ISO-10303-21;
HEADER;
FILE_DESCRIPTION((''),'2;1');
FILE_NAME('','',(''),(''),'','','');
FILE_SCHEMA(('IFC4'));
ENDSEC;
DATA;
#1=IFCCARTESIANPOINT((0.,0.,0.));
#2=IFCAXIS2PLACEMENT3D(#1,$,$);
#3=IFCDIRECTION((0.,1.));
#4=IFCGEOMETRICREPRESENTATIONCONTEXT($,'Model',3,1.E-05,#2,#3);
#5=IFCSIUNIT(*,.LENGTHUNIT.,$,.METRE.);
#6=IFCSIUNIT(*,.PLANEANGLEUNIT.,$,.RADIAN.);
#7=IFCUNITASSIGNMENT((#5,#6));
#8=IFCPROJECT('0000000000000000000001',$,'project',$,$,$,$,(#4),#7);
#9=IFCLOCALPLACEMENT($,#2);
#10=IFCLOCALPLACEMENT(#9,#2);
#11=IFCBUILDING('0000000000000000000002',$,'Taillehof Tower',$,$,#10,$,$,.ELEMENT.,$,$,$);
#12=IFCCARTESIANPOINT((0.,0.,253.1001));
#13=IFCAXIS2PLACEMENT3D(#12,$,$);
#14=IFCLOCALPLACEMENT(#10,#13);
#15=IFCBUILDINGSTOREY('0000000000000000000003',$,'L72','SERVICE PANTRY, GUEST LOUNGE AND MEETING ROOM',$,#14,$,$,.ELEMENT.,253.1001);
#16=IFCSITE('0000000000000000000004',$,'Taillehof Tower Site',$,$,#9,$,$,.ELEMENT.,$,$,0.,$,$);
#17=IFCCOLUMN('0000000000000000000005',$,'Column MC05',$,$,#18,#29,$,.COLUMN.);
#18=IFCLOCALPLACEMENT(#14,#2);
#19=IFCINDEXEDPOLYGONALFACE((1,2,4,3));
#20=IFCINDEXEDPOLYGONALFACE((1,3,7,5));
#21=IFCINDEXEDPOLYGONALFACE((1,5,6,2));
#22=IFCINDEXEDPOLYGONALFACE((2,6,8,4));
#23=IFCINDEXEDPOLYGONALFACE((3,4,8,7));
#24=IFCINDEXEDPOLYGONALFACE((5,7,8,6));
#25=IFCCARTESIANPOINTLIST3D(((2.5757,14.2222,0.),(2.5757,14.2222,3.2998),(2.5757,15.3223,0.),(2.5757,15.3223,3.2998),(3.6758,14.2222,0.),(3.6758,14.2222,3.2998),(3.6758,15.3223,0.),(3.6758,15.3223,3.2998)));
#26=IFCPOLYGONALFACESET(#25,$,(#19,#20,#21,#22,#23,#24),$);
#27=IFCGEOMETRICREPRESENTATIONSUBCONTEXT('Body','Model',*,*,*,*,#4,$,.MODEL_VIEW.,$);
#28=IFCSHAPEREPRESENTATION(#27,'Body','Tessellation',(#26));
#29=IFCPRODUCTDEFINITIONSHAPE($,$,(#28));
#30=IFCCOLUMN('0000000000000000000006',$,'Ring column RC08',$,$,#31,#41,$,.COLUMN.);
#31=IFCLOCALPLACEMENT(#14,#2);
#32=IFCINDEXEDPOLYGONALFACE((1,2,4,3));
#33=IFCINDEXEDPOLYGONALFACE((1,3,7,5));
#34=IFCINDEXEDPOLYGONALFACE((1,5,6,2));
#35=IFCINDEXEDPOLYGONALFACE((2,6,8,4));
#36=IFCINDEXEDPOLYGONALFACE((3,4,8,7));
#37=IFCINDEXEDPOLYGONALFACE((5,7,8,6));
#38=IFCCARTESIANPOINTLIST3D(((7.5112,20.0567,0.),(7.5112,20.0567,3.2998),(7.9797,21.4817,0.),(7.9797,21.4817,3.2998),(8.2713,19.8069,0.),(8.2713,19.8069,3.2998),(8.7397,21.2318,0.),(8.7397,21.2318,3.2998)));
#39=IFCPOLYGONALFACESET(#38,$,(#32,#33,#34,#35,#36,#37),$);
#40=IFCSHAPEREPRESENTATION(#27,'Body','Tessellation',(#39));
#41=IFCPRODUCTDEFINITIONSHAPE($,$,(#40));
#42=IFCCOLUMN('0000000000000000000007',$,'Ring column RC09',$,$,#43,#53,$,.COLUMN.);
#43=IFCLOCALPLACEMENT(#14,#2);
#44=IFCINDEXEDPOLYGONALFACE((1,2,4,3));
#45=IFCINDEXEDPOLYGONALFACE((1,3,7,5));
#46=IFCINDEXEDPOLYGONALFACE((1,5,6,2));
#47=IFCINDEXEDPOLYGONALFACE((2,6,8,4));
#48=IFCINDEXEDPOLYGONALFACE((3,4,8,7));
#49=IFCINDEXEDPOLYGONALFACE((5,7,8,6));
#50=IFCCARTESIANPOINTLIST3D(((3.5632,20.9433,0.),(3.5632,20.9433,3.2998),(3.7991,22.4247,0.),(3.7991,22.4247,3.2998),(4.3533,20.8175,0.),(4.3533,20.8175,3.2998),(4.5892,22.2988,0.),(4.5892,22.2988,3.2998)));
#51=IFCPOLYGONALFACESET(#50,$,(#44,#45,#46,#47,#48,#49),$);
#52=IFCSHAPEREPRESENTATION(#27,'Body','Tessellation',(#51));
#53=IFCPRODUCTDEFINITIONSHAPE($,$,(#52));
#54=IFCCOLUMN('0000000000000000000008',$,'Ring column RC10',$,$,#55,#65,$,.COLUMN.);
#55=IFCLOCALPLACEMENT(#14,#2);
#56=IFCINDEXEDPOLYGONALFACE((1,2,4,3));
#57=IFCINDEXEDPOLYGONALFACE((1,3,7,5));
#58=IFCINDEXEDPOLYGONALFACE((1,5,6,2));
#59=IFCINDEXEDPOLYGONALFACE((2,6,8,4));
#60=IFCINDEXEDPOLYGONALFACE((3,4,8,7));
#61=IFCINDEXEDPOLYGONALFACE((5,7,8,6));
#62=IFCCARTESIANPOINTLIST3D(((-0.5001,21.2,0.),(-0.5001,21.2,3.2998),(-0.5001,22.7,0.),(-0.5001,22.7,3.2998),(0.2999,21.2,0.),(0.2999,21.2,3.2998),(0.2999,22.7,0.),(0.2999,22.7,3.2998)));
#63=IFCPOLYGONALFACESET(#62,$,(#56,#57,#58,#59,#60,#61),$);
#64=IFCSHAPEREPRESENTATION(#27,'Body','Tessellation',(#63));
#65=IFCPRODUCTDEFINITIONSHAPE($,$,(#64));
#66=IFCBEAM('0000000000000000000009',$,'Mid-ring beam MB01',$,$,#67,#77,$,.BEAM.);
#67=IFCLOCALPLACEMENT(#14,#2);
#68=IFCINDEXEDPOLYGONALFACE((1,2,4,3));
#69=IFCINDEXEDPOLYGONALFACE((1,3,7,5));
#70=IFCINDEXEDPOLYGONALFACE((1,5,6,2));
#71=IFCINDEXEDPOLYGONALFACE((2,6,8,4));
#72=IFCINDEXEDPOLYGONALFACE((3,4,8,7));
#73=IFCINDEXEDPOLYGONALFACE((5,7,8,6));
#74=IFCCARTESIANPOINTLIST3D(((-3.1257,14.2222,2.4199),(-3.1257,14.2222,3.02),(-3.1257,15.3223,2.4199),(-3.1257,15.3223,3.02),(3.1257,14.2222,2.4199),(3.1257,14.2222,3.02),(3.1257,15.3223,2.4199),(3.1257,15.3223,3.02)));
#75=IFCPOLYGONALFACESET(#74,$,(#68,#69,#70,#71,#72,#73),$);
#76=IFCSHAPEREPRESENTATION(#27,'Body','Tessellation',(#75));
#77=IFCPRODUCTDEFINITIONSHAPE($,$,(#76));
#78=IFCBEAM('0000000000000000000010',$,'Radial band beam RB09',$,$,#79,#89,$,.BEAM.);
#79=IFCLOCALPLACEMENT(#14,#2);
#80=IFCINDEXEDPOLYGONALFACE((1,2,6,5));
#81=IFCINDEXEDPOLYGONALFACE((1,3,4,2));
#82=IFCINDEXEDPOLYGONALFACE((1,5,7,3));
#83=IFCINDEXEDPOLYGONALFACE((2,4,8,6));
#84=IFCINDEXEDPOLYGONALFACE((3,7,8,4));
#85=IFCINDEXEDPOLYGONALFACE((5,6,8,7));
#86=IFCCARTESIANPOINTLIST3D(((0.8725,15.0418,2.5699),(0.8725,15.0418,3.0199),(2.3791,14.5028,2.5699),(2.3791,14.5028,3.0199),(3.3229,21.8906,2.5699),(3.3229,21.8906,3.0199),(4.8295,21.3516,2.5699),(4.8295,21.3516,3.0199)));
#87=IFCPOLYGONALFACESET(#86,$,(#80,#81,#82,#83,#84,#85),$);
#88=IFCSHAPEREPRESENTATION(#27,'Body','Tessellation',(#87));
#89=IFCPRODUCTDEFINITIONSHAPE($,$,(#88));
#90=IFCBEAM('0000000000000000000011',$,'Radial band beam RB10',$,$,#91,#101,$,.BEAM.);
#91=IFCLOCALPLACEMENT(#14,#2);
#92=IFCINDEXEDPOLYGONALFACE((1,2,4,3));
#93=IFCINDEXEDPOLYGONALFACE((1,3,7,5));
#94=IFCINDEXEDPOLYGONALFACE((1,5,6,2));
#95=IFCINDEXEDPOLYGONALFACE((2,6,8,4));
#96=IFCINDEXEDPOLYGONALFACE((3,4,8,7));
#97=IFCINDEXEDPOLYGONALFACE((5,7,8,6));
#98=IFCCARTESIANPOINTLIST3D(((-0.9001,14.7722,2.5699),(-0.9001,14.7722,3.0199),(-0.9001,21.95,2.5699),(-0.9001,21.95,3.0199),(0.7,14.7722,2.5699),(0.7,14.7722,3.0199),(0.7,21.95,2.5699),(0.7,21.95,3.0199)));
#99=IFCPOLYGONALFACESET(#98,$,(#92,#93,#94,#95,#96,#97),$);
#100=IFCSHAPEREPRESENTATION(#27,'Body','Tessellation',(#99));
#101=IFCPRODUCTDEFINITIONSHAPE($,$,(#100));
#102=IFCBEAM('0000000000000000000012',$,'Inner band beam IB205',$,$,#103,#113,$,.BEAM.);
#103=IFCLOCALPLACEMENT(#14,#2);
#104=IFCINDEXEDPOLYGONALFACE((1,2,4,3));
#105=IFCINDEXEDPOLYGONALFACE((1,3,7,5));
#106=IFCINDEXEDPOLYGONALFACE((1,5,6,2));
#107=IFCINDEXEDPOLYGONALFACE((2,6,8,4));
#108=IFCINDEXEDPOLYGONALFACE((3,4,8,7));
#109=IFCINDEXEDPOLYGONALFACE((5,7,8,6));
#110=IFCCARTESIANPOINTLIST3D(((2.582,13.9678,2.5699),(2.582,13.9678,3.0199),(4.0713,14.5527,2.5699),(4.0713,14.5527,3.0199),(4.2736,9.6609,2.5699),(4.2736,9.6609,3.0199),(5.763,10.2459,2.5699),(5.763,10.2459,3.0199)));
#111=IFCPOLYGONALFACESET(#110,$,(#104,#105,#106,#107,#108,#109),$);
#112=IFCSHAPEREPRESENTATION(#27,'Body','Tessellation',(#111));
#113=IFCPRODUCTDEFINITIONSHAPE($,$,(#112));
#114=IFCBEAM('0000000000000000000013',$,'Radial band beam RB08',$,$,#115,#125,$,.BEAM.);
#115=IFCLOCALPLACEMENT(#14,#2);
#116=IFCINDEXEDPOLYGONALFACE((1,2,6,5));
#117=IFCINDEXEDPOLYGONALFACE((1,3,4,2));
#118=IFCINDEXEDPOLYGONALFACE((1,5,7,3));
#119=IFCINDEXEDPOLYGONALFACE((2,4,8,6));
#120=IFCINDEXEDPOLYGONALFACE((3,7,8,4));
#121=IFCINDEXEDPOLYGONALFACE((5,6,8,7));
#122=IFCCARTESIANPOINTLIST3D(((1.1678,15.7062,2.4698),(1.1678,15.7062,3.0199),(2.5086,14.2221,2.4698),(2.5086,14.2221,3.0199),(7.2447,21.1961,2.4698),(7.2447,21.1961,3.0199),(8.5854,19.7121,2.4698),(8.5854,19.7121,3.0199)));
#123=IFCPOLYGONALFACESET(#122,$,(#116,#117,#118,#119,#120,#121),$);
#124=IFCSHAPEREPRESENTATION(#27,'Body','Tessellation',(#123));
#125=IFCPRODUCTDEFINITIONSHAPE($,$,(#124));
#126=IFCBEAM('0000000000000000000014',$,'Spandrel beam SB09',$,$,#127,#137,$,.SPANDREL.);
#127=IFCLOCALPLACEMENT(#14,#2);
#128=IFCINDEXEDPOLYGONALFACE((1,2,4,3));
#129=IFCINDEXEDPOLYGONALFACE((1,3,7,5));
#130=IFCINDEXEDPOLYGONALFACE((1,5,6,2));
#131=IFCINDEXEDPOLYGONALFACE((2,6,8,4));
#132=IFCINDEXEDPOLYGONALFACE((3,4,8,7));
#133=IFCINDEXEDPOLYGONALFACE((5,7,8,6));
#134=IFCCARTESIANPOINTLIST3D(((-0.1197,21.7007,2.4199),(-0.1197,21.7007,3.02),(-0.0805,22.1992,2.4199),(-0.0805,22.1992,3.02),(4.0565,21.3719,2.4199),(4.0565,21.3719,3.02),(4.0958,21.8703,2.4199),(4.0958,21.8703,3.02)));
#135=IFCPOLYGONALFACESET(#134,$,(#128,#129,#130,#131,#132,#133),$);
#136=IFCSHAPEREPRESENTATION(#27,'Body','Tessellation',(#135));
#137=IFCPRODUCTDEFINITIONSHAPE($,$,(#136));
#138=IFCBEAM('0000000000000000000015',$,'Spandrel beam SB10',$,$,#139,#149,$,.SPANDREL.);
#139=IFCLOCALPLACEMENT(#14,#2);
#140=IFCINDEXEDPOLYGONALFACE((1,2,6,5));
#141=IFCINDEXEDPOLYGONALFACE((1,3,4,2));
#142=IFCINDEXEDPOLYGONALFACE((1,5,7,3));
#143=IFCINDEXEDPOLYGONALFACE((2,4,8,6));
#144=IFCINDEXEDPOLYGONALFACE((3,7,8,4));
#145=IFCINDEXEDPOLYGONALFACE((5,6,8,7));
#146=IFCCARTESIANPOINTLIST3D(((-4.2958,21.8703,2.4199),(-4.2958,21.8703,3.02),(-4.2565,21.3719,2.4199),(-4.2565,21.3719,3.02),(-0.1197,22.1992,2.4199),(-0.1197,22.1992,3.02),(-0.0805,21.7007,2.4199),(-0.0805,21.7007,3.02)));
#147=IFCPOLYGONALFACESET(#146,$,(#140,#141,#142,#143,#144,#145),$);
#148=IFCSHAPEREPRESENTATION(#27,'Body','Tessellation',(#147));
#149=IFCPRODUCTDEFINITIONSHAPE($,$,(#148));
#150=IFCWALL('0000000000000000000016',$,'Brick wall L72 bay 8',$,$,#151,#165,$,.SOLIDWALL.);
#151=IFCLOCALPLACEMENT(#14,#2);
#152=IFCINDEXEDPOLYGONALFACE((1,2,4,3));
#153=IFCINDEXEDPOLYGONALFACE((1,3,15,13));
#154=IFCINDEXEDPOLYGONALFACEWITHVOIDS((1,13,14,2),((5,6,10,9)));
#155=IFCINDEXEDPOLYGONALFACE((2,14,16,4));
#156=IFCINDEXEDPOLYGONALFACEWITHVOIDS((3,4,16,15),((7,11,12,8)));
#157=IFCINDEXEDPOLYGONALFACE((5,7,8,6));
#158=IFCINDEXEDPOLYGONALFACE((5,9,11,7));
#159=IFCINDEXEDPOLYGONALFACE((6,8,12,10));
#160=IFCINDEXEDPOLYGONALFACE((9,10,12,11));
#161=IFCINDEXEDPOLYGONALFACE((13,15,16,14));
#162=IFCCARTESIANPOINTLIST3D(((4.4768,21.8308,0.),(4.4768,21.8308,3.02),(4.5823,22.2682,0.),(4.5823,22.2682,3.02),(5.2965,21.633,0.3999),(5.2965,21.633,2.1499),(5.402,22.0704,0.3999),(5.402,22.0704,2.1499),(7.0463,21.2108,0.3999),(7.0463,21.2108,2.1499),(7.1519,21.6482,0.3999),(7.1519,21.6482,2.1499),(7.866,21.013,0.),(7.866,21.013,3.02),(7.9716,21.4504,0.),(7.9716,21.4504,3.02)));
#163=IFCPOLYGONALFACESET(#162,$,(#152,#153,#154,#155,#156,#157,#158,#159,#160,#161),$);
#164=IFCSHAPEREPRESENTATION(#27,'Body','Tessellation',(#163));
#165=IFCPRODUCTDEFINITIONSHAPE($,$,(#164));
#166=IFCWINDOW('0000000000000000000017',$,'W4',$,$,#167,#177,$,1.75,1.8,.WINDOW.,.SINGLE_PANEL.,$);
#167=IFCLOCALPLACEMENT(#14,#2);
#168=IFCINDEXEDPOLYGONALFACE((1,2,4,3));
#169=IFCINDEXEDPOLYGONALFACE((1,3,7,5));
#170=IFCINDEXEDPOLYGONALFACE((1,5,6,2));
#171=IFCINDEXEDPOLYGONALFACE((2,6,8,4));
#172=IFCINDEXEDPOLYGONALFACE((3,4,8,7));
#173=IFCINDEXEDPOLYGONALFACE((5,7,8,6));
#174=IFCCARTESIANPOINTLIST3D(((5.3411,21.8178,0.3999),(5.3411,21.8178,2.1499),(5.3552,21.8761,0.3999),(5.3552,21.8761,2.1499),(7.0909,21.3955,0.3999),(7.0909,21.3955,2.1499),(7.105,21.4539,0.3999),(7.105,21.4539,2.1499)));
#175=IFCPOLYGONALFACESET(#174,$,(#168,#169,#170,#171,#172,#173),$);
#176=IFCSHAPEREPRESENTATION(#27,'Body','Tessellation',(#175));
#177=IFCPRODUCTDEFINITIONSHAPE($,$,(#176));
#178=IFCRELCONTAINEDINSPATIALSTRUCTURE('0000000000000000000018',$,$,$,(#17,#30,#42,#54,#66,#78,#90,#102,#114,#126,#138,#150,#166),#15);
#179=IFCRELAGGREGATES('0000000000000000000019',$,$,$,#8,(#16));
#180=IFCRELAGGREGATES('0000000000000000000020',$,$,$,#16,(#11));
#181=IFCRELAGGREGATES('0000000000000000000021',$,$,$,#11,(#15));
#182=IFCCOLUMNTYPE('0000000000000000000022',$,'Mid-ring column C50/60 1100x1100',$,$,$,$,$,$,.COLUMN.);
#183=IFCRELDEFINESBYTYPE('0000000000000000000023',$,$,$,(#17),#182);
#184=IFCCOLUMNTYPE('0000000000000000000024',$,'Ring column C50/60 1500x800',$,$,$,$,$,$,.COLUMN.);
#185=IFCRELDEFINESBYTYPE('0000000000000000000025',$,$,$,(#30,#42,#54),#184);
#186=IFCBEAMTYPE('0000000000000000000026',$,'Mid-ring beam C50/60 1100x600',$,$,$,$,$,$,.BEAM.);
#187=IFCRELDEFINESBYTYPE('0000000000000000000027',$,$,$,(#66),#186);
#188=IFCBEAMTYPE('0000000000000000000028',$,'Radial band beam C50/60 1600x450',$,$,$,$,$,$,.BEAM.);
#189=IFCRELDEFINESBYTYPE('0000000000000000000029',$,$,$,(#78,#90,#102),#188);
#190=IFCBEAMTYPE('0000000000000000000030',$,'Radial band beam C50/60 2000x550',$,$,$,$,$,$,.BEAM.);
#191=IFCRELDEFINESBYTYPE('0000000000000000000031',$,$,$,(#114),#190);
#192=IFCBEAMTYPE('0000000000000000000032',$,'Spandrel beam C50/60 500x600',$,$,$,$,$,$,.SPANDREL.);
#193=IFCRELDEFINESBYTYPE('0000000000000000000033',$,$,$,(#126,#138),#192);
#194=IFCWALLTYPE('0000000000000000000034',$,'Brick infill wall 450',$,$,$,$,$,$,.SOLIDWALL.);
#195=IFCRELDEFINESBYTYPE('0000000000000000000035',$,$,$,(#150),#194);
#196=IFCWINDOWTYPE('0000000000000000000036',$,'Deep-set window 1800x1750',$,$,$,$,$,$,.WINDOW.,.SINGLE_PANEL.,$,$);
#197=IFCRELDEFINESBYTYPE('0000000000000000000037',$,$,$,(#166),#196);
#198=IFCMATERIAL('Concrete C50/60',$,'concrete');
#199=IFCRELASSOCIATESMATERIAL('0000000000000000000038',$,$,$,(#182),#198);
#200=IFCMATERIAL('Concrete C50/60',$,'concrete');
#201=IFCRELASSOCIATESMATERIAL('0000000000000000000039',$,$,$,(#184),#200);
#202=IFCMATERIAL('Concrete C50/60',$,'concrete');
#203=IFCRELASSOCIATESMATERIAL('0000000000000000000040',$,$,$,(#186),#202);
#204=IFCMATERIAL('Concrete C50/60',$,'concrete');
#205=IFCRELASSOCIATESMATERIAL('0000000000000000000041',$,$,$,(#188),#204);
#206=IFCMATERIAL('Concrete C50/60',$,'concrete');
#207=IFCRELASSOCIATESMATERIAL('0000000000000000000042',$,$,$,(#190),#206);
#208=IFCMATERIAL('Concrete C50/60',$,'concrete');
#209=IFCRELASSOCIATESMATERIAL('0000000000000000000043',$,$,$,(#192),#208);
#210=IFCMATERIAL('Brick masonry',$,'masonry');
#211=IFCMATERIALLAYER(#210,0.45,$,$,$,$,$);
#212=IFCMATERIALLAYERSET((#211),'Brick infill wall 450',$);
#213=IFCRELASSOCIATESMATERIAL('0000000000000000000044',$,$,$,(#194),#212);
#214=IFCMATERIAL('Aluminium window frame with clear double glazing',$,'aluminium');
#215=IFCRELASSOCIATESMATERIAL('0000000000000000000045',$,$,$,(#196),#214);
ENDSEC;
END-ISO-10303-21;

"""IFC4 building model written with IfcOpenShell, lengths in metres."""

from ifc_helpers import new_model, si_unit, direction, frame, frame_2d, origin, origin_2d, place, context, subcontext, project, spatial, rectangle, extrude, material, layer, layer_set, material_profile, profile_set, type_object, element, fill, save


model = new_model("IFC4")

# Units and contexts
model_context = context("Model", 3, precision=1e-05, world=origin(), true_north=direction((0.0, 1.0)))
body_context = subcontext(model_context, "Body", "Model", "MODEL_VIEW")
ifc_project = project(units=[si_unit("LENGTHUNIT", "METRE"), si_unit("PLANEANGLEUNIT", "RADIAN")], contexts=[model_context])

# Site, building, storey
site_placement = place(None, origin())
site = spatial("IfcSite", under=ifc_project, at=site_placement, Name="Taillehof Tower Site", CompositionType="ELEMENT", RefElevation=0.0)
building_placement = place(site_placement, origin())
building = spatial("IfcBuilding", under=site, at=building_placement, Name="Taillehof Tower", CompositionType="ELEMENT")
storey_placement = place(building_placement, frame((0.0, 0.0, 253.1001)))
storey = spatial("IfcBuildingStorey", under=building, at=storey_placement, Name="L72", Description="SERVICE PANTRY, GUEST LOUNGE AND MEETING ROOM", CompositionType="ELEMENT", Elevation=253.1001)

# Columns
ifc_material_1 = material(Name="Concrete C50/60", Category="concrete")
ifc_material_profile_1 = material_profile(ifc_material_1, rectangle(XDim=1.1001, YDim=1.1001, at=origin_2d()), Name="RC 1100x1100")
ifc_profile_set_1 = profile_set([ifc_material_profile_1], Name="Concrete C50/60")
column_type_1 = type_object("IfcColumnType", Name="Mid-ring column C50/60 1100x1100", PredefinedType="COLUMN", material=ifc_profile_set_1)
column_placement = place(storey_placement, frame((3.1257, 14.7722, 0.0), z_axis=(0.0, 0.0, 1.0), x_axis=(1.0, 0.0, 0.0)))
element("IfcColumn", 1, at=column_placement, inside=storey, type_object=column_type_1, Name="Column MC05", PredefinedType="COLUMN", context=body_context, shape_type="SweptSolid", body=[
    extrude(rectangle(XDim=1.1001, YDim=1.1001, at=origin_2d()), origin(), (0.0, 0.0, 1.0), 3.2998),
])
ifc_material_2 = material(Name="Concrete C50/60", Category="concrete")
ifc_material_profile_2 = material_profile(ifc_material_2, rectangle(XDim=1.5, YDim=0.8, at=origin_2d()), Name="RC 1500x800")
ifc_profile_set_2 = profile_set([ifc_material_profile_2], Name="Concrete C50/60")
column_type_2 = type_object("IfcColumnType", Name="Ring column C50/60 1500x800", PredefinedType="COLUMN", material=ifc_profile_set_2)
for number, where, z_axis, x_axis, name in (
    (2, (8.1255, 20.6443, 0.0), (0.0, 0.0, 1.0), (0.312304, 0.949982, 0.0), "Ring column RC08"),
    (3, (4.0762, 21.6211, 0.0), (0.0, 0.0, 1.0), (0.157281, 0.987554, 0.0), "Ring column RC09"),
    (4, (-0.1001, 21.95, 0.0), (0.0, 0.0, 1.0), (0.0, 1.0, 0.0), "Ring column RC10"),
):
    element("IfcColumn", number, at=place(storey_placement, frame(where, z_axis=z_axis, x_axis=x_axis)), inside=storey, type_object=column_type_2, Name=name, PredefinedType="COLUMN", context=body_context, shape_type="SweptSolid", body=[
        extrude(rectangle(XDim=1.5, YDim=0.8, at=origin_2d()), origin(), (0.0, 0.0, 1.0), 3.2998),
    ])

# Beams
ifc_material_3 = material(Name="Concrete C50/60", Category="concrete")
ifc_material_profile_3 = material_profile(ifc_material_3, rectangle(XDim=1.1001, YDim=0.6001, at=origin_2d()), Name="RC 1100x600")
ifc_profile_set_3 = profile_set([ifc_material_profile_3], Name="Concrete C50/60")
beam_type_1 = type_object("IfcBeamType", Name="Mid-ring beam C50/60 1100x600", PredefinedType="BEAM", material=ifc_profile_set_3)
beam_1_placement = place(storey_placement, frame((3.1257, 14.7722, 2.72), z_axis=(-1.0, 0.0, 0.0), x_axis=(0.0, -1.0, 0.0)))
element("IfcBeam", 5, at=beam_1_placement, inside=storey, type_object=beam_type_1, Name="Mid-ring beam MB01", PredefinedType="BEAM", context=body_context, shape_type="SweptSolid", body=[
    extrude(rectangle(XDim=1.1001, YDim=0.6001, at=origin_2d()), origin(), (0.0, 0.0, 1.0), 6.2515),
])
ifc_material_4 = material(Name="Concrete C50/60", Category="concrete")
ifc_material_profile_4 = material_profile(ifc_material_4, rectangle(XDim=1.6001, YDim=0.45, at=origin_2d()), Name="RC 1600x450")
ifc_profile_set_4 = profile_set([ifc_material_profile_4], Name="Concrete C50/60")
beam_type_2 = type_object("IfcBeamType", Name="Radial band beam C50/60 1600x450", PredefinedType="BEAM", material=ifc_profile_set_4)
beam_2_placement = place(storey_placement, frame((4.0762, 21.6211, 2.7949), z_axis=(-0.336874, -0.94155, 0.0), x_axis=(0.94155, -0.336874, 0.0)))
element("IfcBeam", 6, at=beam_2_placement, inside=storey, type_object=beam_type_2, Name="Radial band beam RB09", PredefinedType="BEAM", context=body_context, shape_type="SweptSolid", body=[
    extrude(rectangle(XDim=1.6001, YDim=0.45, at=origin_2d()), origin(), (0.0, 0.0, 1.0), 7.2739),
])
beam_3_placement = place(storey_placement, frame((-0.1001, 21.95, 2.7949), z_axis=(0.0, -1.0, 0.0), x_axis=(1.0, 0.0, 0.0)))
element("IfcBeam", 7, at=beam_3_placement, inside=storey, type_object=beam_type_2, Name="Radial band beam RB10", PredefinedType="BEAM", context=body_context, shape_type="SweptSolid", body=[
    extrude(rectangle(XDim=1.6001, YDim=0.45, at=origin_2d()), origin(), (0.0, 0.0, 1.0), 7.1777),
])
beam_4_placement = place(storey_placement, frame((3.3267, 14.2603, 2.7949), z_axis=(0.365589, -0.930777, 0.0), x_axis=(0.930777, 0.365589, 0.0)))
element("IfcBeam", 8, at=beam_4_placement, inside=storey, type_object=beam_type_2, Name="Inner band beam IB205", PredefinedType="BEAM", context=body_context, shape_type="SweptSolid", body=[
    extrude(rectangle(XDim=1.6001, YDim=0.45, at=origin_2d()), origin(), (0.0, 0.0, 1.0), 4.6272),
])
ifc_material_5 = material(Name="Concrete C50/60", Category="concrete")
ifc_material_profile_5 = material_profile(ifc_material_5, rectangle(XDim=2.0, YDim=0.55, at=origin_2d()), Name="RC 2000x550")
ifc_profile_set_5 = profile_set([ifc_material_profile_5], Name="Concrete C50/60")
beam_type_3 = type_object("IfcBeamType", Name="Radial band beam C50/60 2000x550", PredefinedType="BEAM", material=ifc_profile_set_5)
beam_5_placement = place(storey_placement, frame((7.915, 20.4541, 2.7449), z_axis=(-0.742031, -0.670365, 0.0), x_axis=(0.670365, -0.742031, 0.0)))
element("IfcBeam", 9, at=beam_5_placement, inside=storey, type_object=beam_type_3, Name="Radial band beam RB08", PredefinedType="BEAM", context=body_context, shape_type="SweptSolid", body=[
    extrude(rectangle(XDim=2.0, YDim=0.55, at=origin_2d()), origin(), (0.0, 0.0, 1.0), 8.1895),
])
ifc_material_6 = material(Name="Concrete C50/60", Category="concrete")
ifc_material_profile_6 = material_profile(ifc_material_6, rectangle(XDim=0.5, YDim=0.6001, at=origin_2d()), Name="RC 500x600")
ifc_profile_set_6 = profile_set([ifc_material_profile_6], Name="Concrete C50/60")
beam_type_4 = type_object("IfcBeamType", Name="Spandrel beam C50/60 500x600", PredefinedType="SPANDREL", material=ifc_profile_set_6)
beam_6_placement = place(storey_placement, frame((4.0762, 21.6211, 2.72), z_axis=(-0.996914, 0.078501, 0.0), x_axis=(-0.078501, -0.996914, 0.0)))
element("IfcBeam", 10, at=beam_6_placement, inside=storey, type_object=beam_type_4, Name="Spandrel beam SB09", PredefinedType="SPANDREL", context=body_context, shape_type="SweptSolid", body=[
    extrude(rectangle(XDim=0.5, YDim=0.6001, at=origin_2d()), origin(), (0.0, 0.0, 1.0), 4.1892),
])
beam_7_placement = place(storey_placement, frame((-0.1001, 21.95, 2.72), z_axis=(-0.996914, -0.078506, 0.0), x_axis=(0.078506, -0.996914, 0.0)))
element("IfcBeam", 11, at=beam_7_placement, inside=storey, type_object=beam_type_4, Name="Spandrel beam SB10", PredefinedType="SPANDREL", context=body_context, shape_type="SweptSolid", body=[
    extrude(rectangle(XDim=0.5, YDim=0.6001, at=origin_2d()), origin(), (0.0, 0.0, 1.0), 4.189),
])

# Wall, opening, window
ifc_material_7 = material(Name="Brick masonry", Category="masonry")
ifc_layer_1 = layer(ifc_material_7, 0.45)
ifc_layer_set_1 = layer_set([ifc_layer_1], Name="Brick infill wall 450")
wall_type_1 = type_object("IfcWallType", Name="Brick infill wall 450", PredefinedType="SOLIDWALL", material=ifc_layer_set_1)
wall_1_placement = place(storey_placement, frame((7.9187, 21.2317, 0.0), z_axis=(0.0, 0.0, 1.0), x_axis=(-0.972099, 0.23457, 0.0)))
wall_1 = element("IfcWall", 12, at=wall_1_placement, inside=storey, type_object=wall_type_1, Name="Brick wall L72 bay 8", PredefinedType="SOLIDWALL", context=body_context, shape_type="SweptSolid", body=[
    extrude(rectangle(XDim=3.4866, YDim=0.45, at=frame_2d((1.7432, 0.0))), origin(), (0.0, 0.0, 1.0), 3.02),
])
opening_1_placement = place(wall_1_placement, frame((0.8433, 0.0, 0.3999)))
opening_1 = element("IfcOpeningElement", 13, at=opening_1_placement, cuts=wall_1, PredefinedType="OPENING", context=body_context, shape_type="SweptSolid", body=[
    extrude(rectangle(XDim=1.8, YDim=1.75, at=frame_2d((0.8999, 0.875))), frame((0.0, 0.2349, 0.0), z_axis=(0.0, -1.0, 0.0), x_axis=(1.0, 0.0, 0.0)), (0.0, 0.0, 1.0), 0.47),
])
ifc_material_8 = material(Name="Aluminium window frame with clear double glazing", Category="aluminium")
window_type = type_object("IfcWindowType", Name="Deep-set window 1800x1750", PartitioningType="SINGLE_PANEL", PredefinedType="WINDOW", material=ifc_material_8)
window_1_placement = place(opening_1_placement, origin())
window_1 = element("IfcWindow", 14, at=window_1_placement, inside=storey, type_object=window_type, Name="W4", OverallHeight=1.75, OverallWidth=1.8, PartitioningType="SINGLE_PANEL", PredefinedType="WINDOW", context=body_context, shape_type="SweptSolid", body=[
    extrude(rectangle(XDim=1.8, YDim=1.75, at=frame_2d((0.8999, 0.875))), frame((0.0, 0.0349, 0.0), z_axis=(0.0, -1.0, 0.0), x_axis=(1.0, 0.0, 0.0)), (0.0, 0.0, 1.0), 0.0601),
])
fill(opening_1, window_1)

save(model, "model.ifc")
